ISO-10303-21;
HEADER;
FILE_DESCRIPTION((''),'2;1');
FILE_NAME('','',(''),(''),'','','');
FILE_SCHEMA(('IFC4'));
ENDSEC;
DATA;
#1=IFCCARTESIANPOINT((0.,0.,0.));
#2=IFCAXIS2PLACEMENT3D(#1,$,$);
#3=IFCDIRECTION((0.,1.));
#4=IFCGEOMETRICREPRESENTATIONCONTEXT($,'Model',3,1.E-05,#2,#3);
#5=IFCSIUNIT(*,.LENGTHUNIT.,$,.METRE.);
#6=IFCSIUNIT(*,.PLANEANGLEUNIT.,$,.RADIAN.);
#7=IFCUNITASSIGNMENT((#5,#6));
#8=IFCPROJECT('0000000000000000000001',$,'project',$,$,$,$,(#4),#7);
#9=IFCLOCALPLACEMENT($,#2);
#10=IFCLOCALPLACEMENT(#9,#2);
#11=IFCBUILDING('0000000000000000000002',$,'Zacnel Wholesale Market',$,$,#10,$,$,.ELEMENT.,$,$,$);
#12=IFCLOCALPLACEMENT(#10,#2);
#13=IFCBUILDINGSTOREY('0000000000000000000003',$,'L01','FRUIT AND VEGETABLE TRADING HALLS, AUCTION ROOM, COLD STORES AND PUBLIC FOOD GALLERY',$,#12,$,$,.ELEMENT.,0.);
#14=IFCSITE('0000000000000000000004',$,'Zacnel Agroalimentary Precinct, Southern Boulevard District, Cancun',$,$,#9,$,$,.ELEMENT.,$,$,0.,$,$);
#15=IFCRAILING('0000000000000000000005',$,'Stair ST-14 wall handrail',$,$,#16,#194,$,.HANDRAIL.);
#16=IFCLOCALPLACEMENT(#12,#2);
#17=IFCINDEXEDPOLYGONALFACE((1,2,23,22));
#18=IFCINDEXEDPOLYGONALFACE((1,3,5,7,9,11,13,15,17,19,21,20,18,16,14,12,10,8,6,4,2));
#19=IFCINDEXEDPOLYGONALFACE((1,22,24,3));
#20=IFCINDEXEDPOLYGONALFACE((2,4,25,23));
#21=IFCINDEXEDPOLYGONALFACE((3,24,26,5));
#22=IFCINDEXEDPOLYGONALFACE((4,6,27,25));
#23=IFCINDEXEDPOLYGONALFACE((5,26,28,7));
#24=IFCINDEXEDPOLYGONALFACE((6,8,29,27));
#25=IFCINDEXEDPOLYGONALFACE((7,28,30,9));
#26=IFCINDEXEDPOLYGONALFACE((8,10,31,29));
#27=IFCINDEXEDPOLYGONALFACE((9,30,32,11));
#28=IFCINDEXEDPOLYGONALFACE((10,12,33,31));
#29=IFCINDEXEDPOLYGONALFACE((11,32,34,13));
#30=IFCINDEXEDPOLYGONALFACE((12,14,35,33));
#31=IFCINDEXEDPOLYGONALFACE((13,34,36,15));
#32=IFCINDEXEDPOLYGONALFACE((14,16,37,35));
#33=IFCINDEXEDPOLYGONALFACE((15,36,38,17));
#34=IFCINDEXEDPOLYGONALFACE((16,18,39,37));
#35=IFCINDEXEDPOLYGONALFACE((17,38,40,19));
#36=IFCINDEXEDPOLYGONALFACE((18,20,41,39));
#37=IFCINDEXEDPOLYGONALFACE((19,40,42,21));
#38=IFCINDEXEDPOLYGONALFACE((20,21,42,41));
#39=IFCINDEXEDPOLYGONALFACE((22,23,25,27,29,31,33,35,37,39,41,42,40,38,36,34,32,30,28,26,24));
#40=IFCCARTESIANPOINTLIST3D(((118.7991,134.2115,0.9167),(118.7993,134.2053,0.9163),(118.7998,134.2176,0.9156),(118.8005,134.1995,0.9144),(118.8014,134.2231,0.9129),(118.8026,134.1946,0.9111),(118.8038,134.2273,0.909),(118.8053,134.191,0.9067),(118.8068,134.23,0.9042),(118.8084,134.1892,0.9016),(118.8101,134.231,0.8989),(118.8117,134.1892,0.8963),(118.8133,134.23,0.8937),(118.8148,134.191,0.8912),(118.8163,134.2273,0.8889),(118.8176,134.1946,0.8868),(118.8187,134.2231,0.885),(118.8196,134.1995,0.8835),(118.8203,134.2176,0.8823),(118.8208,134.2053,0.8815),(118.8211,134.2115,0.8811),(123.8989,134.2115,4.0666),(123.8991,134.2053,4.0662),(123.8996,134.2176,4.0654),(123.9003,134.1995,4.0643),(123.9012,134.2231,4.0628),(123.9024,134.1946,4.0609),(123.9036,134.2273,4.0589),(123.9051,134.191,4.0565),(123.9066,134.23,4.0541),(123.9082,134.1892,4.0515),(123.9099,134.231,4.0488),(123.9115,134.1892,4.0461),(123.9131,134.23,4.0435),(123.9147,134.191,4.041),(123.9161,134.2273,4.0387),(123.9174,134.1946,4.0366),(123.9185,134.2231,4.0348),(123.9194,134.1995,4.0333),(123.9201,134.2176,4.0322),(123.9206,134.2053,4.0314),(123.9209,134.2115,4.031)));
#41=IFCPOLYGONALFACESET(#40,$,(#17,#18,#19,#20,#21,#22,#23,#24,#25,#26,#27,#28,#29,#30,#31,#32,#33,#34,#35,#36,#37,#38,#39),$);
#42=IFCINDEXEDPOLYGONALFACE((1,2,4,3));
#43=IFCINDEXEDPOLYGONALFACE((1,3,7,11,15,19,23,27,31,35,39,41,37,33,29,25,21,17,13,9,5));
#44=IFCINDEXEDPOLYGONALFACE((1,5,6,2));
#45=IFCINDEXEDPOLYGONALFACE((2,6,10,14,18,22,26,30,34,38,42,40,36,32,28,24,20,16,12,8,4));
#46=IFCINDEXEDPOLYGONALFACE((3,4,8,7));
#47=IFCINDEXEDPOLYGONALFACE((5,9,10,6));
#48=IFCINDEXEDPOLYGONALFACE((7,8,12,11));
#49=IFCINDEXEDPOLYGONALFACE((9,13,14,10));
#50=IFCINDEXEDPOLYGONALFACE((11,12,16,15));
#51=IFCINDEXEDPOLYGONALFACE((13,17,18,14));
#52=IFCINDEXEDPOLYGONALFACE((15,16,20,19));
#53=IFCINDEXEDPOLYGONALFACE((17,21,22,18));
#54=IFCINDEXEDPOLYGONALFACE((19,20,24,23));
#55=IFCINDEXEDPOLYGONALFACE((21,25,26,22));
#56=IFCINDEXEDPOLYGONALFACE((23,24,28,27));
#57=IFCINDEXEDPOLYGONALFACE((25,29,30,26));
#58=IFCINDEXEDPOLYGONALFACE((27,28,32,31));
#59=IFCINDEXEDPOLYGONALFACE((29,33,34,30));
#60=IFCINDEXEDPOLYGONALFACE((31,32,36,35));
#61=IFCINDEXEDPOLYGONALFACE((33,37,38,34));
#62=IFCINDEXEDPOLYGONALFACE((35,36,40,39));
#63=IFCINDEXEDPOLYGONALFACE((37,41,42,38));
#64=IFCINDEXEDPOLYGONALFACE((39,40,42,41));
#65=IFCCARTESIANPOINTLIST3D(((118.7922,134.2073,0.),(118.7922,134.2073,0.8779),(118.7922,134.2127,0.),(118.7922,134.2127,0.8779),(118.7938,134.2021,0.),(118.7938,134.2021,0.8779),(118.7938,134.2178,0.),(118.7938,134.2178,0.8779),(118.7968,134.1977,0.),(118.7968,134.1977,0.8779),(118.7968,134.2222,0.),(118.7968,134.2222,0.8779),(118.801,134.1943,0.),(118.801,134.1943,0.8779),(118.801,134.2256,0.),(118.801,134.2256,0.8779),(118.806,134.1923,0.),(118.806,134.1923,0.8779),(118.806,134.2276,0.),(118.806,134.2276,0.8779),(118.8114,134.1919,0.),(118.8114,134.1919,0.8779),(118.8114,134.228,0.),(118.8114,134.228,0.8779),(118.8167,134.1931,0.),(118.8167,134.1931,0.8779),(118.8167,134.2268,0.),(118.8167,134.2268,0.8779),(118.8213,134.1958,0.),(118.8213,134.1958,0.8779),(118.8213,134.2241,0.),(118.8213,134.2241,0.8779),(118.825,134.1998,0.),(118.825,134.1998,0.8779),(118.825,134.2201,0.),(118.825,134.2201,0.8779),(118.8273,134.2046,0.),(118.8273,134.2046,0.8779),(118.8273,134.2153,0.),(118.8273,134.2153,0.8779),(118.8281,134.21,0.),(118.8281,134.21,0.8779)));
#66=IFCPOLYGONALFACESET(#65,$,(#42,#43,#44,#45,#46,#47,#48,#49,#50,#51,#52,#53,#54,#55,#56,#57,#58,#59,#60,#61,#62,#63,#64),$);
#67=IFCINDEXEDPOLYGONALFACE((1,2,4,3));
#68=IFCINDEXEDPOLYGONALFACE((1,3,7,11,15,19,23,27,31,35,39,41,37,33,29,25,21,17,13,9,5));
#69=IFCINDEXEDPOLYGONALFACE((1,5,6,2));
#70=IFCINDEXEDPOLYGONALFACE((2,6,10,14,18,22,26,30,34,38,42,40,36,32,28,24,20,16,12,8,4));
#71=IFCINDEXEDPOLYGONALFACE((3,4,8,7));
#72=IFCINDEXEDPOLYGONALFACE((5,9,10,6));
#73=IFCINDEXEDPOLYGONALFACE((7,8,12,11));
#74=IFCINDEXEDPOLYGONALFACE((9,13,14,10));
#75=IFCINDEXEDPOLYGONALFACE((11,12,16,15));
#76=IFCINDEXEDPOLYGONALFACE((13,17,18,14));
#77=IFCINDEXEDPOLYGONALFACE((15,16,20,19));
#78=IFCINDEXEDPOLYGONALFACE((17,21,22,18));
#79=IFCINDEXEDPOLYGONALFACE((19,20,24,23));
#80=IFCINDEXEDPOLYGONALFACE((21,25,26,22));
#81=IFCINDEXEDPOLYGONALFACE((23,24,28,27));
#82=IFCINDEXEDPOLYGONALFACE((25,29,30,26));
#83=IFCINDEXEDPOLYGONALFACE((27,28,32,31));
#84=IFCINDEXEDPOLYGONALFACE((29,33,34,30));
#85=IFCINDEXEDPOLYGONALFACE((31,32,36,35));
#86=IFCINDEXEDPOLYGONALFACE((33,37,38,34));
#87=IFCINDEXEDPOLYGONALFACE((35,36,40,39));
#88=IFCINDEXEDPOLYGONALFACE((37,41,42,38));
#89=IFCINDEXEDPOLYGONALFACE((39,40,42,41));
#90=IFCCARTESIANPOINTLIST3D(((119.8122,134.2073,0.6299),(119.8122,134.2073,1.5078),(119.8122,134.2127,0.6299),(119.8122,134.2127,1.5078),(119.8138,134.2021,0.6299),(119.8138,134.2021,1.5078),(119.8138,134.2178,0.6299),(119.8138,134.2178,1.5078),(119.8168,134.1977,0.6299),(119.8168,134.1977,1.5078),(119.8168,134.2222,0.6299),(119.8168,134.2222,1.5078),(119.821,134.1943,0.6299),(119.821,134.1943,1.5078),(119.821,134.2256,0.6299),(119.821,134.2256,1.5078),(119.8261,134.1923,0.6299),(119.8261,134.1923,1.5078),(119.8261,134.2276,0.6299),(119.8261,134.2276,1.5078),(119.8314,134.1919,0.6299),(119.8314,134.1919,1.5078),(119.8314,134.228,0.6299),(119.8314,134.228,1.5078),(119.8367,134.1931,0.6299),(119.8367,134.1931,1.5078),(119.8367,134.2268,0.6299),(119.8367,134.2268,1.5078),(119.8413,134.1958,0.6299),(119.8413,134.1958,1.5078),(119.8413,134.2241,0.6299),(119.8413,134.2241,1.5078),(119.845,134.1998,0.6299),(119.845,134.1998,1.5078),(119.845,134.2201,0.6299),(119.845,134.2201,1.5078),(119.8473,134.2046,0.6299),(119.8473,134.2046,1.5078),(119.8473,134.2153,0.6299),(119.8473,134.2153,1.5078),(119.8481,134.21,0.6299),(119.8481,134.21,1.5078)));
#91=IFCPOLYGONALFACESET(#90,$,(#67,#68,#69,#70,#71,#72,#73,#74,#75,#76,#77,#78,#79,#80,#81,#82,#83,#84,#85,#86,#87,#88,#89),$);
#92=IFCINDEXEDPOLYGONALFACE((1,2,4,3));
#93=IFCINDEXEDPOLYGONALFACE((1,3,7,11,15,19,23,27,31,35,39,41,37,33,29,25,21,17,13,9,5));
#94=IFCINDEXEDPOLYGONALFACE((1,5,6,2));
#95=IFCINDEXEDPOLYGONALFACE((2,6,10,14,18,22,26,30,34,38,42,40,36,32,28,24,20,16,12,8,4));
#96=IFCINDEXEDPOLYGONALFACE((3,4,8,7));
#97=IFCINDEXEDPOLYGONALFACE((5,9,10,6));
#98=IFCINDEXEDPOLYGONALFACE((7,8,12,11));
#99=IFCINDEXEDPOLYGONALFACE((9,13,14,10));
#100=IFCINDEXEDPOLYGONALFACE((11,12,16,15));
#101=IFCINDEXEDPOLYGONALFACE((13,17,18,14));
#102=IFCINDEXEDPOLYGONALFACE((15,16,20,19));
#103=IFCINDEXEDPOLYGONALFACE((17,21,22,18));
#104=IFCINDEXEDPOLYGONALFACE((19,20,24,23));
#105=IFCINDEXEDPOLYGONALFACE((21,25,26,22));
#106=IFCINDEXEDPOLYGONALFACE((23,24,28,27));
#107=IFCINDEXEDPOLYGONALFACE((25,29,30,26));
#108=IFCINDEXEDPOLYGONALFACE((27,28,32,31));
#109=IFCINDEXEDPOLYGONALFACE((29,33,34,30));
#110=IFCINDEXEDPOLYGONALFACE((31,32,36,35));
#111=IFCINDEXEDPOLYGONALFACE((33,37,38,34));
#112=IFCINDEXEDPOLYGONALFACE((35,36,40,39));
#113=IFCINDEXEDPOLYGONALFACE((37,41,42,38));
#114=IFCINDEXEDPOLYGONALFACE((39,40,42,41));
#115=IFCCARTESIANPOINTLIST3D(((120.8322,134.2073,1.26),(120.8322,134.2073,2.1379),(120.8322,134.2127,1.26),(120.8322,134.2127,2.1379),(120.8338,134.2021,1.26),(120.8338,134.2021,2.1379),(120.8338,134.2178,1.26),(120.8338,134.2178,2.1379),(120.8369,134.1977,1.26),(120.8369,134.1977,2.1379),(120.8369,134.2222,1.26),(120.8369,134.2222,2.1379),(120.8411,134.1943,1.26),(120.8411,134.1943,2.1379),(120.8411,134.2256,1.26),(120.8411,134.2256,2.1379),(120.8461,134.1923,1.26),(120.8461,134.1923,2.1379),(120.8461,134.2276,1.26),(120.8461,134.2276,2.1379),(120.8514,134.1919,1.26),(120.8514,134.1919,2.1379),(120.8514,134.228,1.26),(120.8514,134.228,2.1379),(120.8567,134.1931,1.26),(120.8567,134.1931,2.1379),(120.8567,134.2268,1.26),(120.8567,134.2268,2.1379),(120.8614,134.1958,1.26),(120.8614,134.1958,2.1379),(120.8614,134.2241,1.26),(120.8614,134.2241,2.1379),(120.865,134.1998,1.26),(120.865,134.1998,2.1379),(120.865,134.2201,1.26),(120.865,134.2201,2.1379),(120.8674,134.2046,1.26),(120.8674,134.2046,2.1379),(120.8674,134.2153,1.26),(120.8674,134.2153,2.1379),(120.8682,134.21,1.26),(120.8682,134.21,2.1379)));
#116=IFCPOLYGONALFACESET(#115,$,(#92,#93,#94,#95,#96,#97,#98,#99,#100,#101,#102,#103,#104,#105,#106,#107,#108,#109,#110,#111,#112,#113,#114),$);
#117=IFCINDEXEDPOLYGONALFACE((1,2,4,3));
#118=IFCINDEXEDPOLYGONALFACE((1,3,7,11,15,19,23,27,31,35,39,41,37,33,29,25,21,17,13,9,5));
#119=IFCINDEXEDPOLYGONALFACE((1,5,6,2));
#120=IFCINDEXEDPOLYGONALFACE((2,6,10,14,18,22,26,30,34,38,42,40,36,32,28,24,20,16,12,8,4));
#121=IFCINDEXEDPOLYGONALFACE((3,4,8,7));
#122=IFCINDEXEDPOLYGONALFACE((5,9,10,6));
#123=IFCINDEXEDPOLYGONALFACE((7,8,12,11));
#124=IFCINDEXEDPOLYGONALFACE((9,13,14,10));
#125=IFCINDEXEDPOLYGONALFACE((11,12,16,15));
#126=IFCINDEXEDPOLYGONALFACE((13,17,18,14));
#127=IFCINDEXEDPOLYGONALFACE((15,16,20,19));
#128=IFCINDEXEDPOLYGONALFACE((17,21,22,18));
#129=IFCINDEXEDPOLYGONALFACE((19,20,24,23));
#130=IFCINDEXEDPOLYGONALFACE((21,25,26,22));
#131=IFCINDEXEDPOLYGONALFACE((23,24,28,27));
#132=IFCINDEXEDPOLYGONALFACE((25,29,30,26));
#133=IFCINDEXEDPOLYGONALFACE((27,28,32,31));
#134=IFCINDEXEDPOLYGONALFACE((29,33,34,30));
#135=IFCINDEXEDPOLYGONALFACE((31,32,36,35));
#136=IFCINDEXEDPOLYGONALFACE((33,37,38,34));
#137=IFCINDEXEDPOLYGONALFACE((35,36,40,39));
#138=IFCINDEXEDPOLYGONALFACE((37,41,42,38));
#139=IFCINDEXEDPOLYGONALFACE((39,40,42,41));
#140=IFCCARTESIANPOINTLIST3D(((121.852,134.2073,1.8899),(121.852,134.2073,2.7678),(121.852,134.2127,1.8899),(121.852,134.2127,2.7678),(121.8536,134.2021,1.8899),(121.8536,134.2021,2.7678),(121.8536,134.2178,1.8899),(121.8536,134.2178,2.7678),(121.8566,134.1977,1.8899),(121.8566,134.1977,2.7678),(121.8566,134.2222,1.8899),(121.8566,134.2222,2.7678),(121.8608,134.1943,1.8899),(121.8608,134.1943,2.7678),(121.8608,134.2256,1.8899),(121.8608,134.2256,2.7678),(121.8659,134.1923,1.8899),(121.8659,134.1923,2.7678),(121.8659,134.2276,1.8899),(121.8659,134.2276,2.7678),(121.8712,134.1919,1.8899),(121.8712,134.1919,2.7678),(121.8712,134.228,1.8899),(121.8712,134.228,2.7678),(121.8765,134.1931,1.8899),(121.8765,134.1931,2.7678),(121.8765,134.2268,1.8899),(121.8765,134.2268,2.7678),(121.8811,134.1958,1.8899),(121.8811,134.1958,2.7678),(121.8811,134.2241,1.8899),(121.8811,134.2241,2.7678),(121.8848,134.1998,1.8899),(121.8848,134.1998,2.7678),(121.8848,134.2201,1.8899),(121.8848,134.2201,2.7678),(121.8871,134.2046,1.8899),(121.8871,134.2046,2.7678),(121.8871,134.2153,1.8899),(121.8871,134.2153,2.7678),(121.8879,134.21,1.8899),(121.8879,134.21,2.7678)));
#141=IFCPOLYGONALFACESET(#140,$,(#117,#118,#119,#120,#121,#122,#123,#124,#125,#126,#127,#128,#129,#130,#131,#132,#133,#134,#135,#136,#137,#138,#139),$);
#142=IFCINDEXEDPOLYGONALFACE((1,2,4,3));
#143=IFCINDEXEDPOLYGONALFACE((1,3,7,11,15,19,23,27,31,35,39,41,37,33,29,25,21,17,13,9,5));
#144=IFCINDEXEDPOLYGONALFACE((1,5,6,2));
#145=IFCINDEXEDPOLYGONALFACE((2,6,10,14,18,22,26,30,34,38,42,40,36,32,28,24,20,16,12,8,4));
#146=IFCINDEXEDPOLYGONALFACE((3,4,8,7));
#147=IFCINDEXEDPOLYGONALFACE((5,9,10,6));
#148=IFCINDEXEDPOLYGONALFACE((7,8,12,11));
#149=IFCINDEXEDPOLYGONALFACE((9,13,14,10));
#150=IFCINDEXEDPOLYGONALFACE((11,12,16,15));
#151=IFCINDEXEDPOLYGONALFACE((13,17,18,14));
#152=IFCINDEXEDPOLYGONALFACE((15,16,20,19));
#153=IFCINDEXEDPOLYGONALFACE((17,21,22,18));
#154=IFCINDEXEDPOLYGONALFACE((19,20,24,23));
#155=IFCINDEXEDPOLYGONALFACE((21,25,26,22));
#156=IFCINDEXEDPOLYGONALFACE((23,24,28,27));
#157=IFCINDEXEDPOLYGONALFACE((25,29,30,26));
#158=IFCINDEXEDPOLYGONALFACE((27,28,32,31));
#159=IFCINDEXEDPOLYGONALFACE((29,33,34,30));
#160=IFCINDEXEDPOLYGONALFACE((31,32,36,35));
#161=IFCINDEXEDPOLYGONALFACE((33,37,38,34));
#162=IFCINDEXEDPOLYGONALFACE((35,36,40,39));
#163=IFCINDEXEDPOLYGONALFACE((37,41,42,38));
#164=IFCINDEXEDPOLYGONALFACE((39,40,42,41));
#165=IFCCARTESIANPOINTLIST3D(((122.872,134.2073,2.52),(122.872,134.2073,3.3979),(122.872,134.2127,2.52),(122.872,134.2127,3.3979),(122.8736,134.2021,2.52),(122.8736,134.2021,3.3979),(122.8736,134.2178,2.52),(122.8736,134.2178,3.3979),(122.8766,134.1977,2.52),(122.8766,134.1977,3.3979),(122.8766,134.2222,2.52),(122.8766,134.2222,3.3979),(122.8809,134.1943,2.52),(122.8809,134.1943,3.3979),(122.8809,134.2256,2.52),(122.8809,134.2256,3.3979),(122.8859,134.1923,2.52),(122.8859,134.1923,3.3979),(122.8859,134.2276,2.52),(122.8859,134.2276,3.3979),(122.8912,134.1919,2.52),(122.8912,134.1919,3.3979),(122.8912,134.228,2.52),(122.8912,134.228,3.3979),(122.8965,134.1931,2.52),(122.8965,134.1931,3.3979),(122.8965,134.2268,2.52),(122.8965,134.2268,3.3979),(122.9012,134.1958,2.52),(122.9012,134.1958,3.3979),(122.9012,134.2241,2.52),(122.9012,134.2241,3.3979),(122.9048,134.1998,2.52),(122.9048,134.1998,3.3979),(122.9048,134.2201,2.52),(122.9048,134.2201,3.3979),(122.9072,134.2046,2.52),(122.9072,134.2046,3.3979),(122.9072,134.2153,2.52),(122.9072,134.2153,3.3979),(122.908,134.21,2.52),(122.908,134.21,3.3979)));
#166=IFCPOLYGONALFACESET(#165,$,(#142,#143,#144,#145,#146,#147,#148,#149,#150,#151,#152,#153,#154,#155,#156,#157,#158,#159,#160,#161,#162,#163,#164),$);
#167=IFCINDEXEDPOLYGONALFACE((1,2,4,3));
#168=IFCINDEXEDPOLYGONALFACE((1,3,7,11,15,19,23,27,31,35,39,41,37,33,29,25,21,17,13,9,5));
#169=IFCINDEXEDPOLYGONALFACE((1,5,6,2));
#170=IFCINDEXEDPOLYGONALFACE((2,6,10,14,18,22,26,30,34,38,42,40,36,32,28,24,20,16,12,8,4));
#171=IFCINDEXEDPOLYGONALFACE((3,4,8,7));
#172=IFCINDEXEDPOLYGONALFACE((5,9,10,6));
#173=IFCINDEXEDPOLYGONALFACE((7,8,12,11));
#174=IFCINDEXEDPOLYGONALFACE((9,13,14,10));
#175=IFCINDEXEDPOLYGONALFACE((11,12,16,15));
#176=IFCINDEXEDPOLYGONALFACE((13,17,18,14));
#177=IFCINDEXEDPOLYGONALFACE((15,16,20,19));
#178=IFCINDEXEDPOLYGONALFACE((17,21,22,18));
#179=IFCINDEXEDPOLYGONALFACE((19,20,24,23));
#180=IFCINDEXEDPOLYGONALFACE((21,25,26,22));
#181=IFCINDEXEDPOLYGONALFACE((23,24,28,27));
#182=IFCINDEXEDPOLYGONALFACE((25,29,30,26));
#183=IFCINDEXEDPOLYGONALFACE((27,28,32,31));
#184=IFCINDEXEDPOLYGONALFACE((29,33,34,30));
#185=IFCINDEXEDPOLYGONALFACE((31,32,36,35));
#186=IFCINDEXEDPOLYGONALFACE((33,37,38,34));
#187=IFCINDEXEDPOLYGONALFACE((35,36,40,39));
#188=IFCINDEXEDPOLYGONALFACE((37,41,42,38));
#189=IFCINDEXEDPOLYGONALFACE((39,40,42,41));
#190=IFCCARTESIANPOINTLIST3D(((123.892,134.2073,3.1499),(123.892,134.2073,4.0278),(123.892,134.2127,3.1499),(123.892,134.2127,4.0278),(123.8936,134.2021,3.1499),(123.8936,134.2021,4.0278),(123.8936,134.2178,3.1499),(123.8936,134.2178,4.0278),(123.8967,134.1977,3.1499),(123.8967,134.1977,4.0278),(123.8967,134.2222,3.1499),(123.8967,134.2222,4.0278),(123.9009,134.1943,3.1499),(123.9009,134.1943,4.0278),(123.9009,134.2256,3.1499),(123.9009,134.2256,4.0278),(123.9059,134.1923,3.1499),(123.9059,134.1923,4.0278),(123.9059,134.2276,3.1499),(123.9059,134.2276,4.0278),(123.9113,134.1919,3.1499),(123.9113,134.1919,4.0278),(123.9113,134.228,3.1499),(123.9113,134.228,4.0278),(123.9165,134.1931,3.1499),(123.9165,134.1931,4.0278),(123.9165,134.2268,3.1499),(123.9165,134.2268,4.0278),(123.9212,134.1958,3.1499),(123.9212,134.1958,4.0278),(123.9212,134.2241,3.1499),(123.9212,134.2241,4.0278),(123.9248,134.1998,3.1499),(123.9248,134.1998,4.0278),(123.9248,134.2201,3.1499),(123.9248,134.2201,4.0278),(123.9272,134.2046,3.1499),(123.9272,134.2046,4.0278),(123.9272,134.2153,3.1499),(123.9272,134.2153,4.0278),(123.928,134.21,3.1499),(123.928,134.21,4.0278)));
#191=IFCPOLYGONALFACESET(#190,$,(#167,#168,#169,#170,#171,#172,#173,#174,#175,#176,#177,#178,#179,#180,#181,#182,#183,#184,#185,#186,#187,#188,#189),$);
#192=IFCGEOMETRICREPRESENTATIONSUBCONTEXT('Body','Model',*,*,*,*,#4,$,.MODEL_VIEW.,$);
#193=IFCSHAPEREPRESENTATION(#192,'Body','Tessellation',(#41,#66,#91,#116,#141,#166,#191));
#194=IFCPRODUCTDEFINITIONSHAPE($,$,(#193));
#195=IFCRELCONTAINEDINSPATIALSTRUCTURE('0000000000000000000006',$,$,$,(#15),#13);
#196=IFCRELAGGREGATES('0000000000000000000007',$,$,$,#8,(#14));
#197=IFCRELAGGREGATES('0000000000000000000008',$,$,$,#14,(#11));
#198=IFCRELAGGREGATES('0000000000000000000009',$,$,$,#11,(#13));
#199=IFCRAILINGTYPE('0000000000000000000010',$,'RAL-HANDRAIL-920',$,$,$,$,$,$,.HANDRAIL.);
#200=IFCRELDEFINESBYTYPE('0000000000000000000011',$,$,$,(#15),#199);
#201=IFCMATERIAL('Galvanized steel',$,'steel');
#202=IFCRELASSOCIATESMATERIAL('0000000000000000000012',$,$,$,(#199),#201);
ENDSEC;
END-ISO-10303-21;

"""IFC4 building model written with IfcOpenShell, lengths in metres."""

from ifc_helpers import new_model, si_unit, direction, frame, origin, origin_2d, place, context, subcontext, project, spatial, circle, extrude, material, type_object, element, save


model = new_model("IFC4")

# Units and contexts
model_context = context("Model", 3, precision=1e-05, world=origin(), true_north=direction((0.0, 1.0)))
body_context = subcontext(model_context, "Body", "Model", "MODEL_VIEW")
ifc_project = project(units=[si_unit("LENGTHUNIT", "METRE"), si_unit("PLANEANGLEUNIT", "RADIAN")], contexts=[model_context])

# Site, building, storey
site_placement = place(None, origin())
site = spatial("IfcSite", under=ifc_project, at=site_placement, Name="Zacnel Agroalimentary Precinct, Southern Boulevard District, Cancun", CompositionType="ELEMENT", RefElevation=0.0)
building_placement = place(site_placement, origin())
building = spatial("IfcBuilding", under=site, at=building_placement, Name="Zacnel Wholesale Market", CompositionType="ELEMENT")
storey_placement = place(building_placement, origin())
storey = spatial("IfcBuildingStorey", under=building, at=storey_placement, Name="L01", Description="FRUIT AND VEGETABLE TRADING HALLS, AUCTION ROOM, COLD STORES AND PUBLIC FOOD GALLERY", CompositionType="ELEMENT", Elevation=0.0)

# Railing
ifc_material_1 = material(Name="Galvanized steel", Category="steel")
railing_type_1 = type_object("IfcRailingType", Name="RAL-HANDRAIL-920", PredefinedType="HANDRAIL", material=ifc_material_1)
railing_1_placement = place(storey_placement, frame((118.8101, 134.21, 0.0)))
element("IfcRailing", 1, at=railing_1_placement, inside=storey, type_object=railing_type_1, Name="Stair ST-14 wall handrail", PredefinedType="HANDRAIL", context=body_context, shape_type="SweptSolid", body=[
    extrude(circle(Radius=0.021, at=origin_2d()), frame((0.0, 0.0, 0.8989), z_axis=(0.850799, 0.0, 0.525492), x_axis=(0.0, 1.0, 0.0)), (0.0, 0.0, 1.0), 5.9941),
    extrude(circle(Radius=0.0181, at=origin_2d()), origin(), (0.0, 0.0, 1.0), 0.8779),
    extrude(circle(Radius=0.0181, at=origin_2d()), frame((1.02, 0.0, 0.6299)), (0.0, 0.0, 1.0), 0.8779),
    extrude(circle(Radius=0.0181, at=origin_2d()), frame((2.04, 0.0, 1.26)), (0.0, 0.0, 1.0), 0.8779),
    extrude(circle(Radius=0.0181, at=origin_2d()), frame((3.0598, 0.0, 1.8899)), (0.0, 0.0, 1.0), 0.8779),
    extrude(circle(Radius=0.0181, at=origin_2d()), frame((4.0798, 0.0, 2.52)), (0.0, 0.0, 1.0), 0.8779),
    extrude(circle(Radius=0.0181, at=origin_2d()), frame((5.0999, 0.0, 3.1499)), (0.0, 0.0, 1.0), 0.8779),
])

save(model, "model.ifc")
